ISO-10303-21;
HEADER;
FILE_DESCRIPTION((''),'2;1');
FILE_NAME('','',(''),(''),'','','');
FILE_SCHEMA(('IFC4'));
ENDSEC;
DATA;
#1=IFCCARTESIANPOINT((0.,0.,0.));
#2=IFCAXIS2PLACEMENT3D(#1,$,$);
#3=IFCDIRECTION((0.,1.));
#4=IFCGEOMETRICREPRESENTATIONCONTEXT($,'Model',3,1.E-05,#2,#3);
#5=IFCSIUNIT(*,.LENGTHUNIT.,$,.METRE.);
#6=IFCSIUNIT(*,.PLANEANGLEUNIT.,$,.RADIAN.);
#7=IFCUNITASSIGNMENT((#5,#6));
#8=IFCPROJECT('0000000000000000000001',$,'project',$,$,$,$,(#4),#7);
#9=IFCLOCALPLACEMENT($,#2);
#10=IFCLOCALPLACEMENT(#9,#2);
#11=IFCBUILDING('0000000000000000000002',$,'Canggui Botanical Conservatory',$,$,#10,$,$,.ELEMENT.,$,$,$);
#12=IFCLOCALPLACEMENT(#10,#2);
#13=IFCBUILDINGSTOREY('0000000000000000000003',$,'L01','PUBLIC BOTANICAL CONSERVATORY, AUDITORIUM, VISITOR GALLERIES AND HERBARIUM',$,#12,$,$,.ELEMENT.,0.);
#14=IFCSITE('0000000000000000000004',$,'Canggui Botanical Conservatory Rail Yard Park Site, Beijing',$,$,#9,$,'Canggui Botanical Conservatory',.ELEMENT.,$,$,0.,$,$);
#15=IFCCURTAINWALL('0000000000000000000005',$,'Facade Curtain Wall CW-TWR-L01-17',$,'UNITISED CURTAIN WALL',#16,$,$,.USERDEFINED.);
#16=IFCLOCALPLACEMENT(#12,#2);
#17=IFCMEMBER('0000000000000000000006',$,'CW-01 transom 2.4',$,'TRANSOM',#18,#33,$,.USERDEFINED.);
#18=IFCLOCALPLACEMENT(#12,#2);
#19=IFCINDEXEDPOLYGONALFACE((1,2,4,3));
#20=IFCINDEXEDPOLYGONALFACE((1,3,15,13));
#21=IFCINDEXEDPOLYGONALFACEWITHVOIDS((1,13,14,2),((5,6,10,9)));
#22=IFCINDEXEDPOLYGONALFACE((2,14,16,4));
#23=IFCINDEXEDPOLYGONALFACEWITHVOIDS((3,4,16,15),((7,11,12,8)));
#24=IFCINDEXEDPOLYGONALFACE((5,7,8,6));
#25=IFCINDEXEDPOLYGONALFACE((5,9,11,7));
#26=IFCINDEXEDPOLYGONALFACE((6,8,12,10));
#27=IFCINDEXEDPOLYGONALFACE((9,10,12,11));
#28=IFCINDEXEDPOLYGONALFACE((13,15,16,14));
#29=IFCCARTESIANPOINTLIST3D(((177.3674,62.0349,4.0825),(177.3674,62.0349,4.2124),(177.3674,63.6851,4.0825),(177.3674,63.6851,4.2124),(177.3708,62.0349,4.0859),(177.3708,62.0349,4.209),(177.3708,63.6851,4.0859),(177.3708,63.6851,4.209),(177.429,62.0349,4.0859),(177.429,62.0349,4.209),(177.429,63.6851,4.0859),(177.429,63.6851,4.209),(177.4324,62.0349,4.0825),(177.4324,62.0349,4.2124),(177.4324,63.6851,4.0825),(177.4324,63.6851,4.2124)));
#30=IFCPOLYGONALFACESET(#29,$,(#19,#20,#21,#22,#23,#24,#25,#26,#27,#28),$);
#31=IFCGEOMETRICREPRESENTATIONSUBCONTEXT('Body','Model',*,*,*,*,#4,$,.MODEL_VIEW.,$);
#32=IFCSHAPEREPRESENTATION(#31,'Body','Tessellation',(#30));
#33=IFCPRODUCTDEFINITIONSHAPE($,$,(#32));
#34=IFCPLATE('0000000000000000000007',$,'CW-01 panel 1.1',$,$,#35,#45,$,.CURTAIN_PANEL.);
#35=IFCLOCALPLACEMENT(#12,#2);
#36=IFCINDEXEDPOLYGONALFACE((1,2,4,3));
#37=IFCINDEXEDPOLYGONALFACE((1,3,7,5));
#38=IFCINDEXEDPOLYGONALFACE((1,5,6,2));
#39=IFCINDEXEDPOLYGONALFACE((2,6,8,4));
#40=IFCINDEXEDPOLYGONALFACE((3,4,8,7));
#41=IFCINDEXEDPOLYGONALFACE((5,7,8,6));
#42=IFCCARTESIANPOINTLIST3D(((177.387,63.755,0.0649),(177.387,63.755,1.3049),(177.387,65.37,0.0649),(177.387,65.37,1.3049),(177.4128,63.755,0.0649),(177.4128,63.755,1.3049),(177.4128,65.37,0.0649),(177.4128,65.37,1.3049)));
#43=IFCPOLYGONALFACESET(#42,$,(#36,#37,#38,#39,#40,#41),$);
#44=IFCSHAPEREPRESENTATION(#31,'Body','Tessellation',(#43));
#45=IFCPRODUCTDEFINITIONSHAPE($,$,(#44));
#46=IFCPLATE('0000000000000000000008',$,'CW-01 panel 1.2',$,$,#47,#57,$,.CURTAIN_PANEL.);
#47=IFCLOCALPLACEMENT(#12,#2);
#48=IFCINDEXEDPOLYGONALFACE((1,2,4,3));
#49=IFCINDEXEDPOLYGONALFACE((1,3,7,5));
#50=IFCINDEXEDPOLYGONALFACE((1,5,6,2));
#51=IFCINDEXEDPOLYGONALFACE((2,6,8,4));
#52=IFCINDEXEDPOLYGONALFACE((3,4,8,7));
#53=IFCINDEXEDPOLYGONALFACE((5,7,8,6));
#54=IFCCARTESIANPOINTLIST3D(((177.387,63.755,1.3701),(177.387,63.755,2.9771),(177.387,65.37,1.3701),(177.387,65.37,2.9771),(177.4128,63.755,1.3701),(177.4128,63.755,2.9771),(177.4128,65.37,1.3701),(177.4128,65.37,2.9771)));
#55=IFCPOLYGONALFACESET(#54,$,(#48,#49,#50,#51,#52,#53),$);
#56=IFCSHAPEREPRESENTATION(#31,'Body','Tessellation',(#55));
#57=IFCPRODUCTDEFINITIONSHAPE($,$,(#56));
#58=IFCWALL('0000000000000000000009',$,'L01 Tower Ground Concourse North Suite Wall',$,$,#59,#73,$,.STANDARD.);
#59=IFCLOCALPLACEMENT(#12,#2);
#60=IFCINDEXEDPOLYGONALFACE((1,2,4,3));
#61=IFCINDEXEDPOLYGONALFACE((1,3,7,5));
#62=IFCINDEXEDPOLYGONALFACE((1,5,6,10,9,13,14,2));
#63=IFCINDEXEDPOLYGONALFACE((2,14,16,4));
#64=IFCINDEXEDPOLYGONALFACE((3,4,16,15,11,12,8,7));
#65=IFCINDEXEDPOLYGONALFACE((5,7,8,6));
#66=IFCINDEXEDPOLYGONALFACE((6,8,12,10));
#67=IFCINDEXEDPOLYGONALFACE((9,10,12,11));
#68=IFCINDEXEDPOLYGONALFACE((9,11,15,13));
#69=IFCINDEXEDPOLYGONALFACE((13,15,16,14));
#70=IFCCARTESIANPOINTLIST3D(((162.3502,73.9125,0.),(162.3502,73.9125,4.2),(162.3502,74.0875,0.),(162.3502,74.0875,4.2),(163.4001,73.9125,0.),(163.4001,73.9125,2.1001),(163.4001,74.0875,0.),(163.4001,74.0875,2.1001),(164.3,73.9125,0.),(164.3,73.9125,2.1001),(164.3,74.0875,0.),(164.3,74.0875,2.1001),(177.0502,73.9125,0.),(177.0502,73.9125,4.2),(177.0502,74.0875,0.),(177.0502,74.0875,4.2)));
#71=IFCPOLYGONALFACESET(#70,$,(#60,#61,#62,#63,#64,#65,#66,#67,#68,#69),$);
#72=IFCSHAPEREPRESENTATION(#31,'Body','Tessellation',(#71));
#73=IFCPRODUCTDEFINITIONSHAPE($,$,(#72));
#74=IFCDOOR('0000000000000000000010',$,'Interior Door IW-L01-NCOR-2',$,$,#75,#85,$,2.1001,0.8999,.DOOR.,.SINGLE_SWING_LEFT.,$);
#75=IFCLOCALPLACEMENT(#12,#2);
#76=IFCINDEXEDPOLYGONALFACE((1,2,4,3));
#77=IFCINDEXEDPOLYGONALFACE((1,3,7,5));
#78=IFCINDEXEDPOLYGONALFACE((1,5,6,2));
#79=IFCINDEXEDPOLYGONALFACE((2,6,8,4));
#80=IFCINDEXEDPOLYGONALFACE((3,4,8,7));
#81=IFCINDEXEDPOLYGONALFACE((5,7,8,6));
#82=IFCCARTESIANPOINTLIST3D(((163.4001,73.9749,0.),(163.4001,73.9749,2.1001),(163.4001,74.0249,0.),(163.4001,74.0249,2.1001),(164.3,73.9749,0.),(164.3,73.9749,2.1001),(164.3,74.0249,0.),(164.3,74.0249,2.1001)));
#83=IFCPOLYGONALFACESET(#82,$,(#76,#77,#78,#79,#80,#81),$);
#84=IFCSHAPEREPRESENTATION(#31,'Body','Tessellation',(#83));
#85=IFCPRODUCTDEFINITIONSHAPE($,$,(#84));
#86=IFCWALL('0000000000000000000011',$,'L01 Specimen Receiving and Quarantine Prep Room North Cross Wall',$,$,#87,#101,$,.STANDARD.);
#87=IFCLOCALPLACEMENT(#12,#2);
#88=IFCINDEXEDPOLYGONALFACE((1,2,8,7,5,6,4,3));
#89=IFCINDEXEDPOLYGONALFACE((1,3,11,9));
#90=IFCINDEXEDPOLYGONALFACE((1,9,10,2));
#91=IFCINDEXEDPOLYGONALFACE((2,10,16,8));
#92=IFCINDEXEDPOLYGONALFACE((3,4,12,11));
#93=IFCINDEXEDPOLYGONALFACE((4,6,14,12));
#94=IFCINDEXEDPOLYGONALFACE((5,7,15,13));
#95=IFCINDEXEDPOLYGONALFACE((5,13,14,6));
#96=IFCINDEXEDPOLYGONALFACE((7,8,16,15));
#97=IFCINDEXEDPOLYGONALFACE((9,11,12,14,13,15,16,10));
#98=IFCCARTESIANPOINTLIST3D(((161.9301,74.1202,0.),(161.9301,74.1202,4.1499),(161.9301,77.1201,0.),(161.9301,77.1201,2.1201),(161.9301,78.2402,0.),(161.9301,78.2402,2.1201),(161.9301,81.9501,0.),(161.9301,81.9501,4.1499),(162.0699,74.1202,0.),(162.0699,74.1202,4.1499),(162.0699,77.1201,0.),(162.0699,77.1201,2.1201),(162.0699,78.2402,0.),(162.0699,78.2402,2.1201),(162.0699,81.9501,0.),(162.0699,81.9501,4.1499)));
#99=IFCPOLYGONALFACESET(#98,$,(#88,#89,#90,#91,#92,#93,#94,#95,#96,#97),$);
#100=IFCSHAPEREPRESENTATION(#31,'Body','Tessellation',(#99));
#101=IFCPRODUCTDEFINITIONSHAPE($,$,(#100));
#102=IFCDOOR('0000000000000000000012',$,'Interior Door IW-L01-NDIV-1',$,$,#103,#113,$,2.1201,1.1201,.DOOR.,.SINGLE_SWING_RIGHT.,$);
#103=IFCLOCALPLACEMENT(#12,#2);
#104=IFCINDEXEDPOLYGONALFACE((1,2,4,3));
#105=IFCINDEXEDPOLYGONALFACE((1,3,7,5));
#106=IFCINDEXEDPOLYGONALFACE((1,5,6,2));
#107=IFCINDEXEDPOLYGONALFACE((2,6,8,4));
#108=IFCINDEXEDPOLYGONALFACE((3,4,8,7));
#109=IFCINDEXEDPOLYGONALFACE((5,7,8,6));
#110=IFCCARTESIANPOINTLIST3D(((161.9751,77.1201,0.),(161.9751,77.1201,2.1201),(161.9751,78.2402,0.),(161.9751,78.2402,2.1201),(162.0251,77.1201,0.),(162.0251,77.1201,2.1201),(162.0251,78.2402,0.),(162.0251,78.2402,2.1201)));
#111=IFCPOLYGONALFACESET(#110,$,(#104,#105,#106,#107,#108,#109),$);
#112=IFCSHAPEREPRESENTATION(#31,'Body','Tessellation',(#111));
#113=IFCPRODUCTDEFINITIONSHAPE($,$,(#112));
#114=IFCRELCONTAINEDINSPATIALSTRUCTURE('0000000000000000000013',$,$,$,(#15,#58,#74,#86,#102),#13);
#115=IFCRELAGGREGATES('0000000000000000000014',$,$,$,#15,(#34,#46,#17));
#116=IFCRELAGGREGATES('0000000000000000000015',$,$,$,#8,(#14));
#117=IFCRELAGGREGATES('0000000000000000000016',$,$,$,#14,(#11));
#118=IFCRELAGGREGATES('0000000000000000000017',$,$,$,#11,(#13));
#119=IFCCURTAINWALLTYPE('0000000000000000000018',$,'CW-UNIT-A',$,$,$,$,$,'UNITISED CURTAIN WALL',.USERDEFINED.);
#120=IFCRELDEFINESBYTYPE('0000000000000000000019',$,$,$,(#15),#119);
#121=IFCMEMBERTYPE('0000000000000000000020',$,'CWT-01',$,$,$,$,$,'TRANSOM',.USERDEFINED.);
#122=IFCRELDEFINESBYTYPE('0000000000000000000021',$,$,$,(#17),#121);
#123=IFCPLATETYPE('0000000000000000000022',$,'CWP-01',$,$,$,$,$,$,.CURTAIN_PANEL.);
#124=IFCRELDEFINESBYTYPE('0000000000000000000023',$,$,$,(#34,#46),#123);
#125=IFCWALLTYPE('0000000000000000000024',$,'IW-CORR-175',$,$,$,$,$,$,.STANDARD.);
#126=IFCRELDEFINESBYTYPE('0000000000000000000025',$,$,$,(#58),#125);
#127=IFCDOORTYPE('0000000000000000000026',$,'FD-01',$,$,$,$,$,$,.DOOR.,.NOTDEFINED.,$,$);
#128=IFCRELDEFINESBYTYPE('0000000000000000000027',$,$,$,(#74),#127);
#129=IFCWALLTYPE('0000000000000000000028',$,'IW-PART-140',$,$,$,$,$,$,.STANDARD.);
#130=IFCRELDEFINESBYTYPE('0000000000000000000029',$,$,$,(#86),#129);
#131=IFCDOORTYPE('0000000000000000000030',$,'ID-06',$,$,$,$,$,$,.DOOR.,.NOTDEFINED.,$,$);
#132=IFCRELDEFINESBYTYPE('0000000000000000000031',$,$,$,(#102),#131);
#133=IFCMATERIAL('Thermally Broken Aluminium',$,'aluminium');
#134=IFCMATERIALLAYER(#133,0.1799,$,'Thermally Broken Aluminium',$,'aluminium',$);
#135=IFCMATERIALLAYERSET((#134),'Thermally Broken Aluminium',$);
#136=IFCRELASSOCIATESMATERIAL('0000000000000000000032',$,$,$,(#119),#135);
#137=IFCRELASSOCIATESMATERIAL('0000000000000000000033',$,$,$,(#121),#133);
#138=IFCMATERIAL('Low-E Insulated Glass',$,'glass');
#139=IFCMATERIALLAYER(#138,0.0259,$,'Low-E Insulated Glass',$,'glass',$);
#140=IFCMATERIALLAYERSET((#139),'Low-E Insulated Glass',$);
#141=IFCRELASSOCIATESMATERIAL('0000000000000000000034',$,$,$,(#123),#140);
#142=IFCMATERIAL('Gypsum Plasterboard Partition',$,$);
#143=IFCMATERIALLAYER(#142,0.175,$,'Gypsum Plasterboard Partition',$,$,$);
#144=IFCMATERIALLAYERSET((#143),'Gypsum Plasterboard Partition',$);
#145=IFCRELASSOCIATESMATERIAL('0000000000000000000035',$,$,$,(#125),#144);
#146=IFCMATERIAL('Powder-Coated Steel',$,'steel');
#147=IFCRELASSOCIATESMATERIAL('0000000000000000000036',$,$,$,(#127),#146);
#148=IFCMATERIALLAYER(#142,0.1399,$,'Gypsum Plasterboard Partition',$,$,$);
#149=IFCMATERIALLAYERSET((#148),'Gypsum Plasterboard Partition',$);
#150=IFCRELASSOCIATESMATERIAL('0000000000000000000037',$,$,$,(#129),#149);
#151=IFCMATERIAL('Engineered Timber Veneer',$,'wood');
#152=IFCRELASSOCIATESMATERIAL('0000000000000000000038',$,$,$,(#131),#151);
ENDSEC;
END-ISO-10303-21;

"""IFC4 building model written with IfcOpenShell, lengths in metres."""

from ifc_helpers import new_model, si_unit, direction, frame, frame_2d, origin, origin_2d, place, context, subcontext, project, spatial, rectangle, hollow_rectangle, extrude, material, layer, layer_set, material_profile, profile_set, type_object, element, fill, aggregate, save


model = new_model("IFC4")

# Units and contexts
model_context = context("Model", 3, precision=1e-05, world=origin(), true_north=direction((0.0, 1.0)))
body_context = subcontext(model_context, "Body", "Model", "MODEL_VIEW")
ifc_project = project(units=[si_unit("LENGTHUNIT", "METRE"), si_unit("PLANEANGLEUNIT", "RADIAN")], contexts=[model_context])

# Site, building, storey
site_placement = place(None, origin())
site = spatial("IfcSite", under=ifc_project, at=site_placement, Name="Canggui Botanical Conservatory Rail Yard Park Site, Beijing", LongName="Canggui Botanical Conservatory", CompositionType="ELEMENT", RefElevation=0.0)
building_placement = place(site_placement, origin())
building = spatial("IfcBuilding", under=site, at=building_placement, Name="Canggui Botanical Conservatory", CompositionType="ELEMENT")
storey_placement = place(building_placement, origin())
storey = spatial("IfcBuildingStorey", under=building, at=storey_placement, Name="L01", Description="PUBLIC BOTANICAL CONSERVATORY, AUDITORIUM, VISITOR GALLERIES AND HERBARIUM", CompositionType="ELEMENT", Elevation=0.0)

# Curtain wall, member, plates
ifc_material_1 = material(Name="Thermally Broken Aluminium", Category="aluminium")
ifc_layer_1 = layer(ifc_material_1, 0.1799, Name="Thermally Broken Aluminium", Category="aluminium")
ifc_layer_set_1 = layer_set([ifc_layer_1], Name="Thermally Broken Aluminium")
curtain_wall_type = type_object("IfcCurtainWallType", Name="CW-UNIT-A", ElementType="UNITISED CURTAIN WALL", PredefinedType="USERDEFINED", material=ifc_layer_set_1)
curtain_wall_placement = place(storey_placement, origin())
curtain_wall = element("IfcCurtainWall", 1, at=curtain_wall_placement, inside=storey, type_object=curtain_wall_type, Name="Facade Curtain Wall CW-TWR-L01-17", ObjectType="UNITISED CURTAIN WALL", PredefinedType="USERDEFINED")
ifc_material_profile_1 = material_profile(ifc_material_1, hollow_rectangle(XDim=0.0649, YDim=0.1299, WallThickness=0.0034, at=origin_2d()), Name="CWT 65x130x3.5")
ifc_profile_set_1 = profile_set([ifc_material_profile_1], Name="Thermally Broken Aluminium")
member_type_1 = type_object("IfcMemberType", Name="CWT-01", ElementType="TRANSOM", PredefinedType="USERDEFINED", material=ifc_profile_set_1)
member_1_placement = place(storey_placement, frame((177.3999, 63.6851, 4.1475), z_axis=(0.0, -1.0, 0.0), x_axis=(1.0, 0.0, 0.0)))
member_1 = element("IfcMember", 2, at=member_1_placement, type_object=member_type_1, Name="CW-01 transom 2.4", ObjectType="TRANSOM", PredefinedType="USERDEFINED", context=body_context, shape_type="SweptSolid", body=[
    extrude(hollow_rectangle(XDim=0.0649, YDim=0.1299, WallThickness=0.0034, at=origin_2d()), origin(), (0.0, 0.0, 1.0), 1.6501),
])
ifc_material_2 = material(Name="Low-E Insulated Glass", Category="glass")
ifc_layer_2 = layer(ifc_material_2, 0.0259, Name="Low-E Insulated Glass", Category="glass")
ifc_layer_set_2 = layer_set([ifc_layer_2], Name="Low-E Insulated Glass")
plate_type = type_object("IfcPlateType", Name="CWP-01", PredefinedType="CURTAIN_PANEL", material=ifc_layer_set_2)
plate_1_placement = place(storey_placement, frame((177.3999, 64.5625, 0.0649), z_axis=(0.0, 0.0, 1.0), x_axis=(0.0, -1.0, 0.0)))
plate_1 = element("IfcPlate", 3, at=plate_1_placement, type_object=plate_type, Name="CW-01 panel 1.1", PredefinedType="CURTAIN_PANEL", context=body_context, shape_type="SweptSolid", body=[
    extrude(rectangle(XDim=1.615, YDim=0.0259, at=origin_2d()), origin(), (0.0, 0.0, 1.0), 1.24),
])
plate_2_placement = place(storey_placement, frame((177.3999, 64.5625, 1.3701), z_axis=(0.0, 0.0, 1.0), x_axis=(0.0, -1.0, 0.0)))
plate_2 = element("IfcPlate", 4, at=plate_2_placement, type_object=plate_type, Name="CW-01 panel 1.2", PredefinedType="CURTAIN_PANEL", context=body_context, shape_type="SweptSolid", body=[
    extrude(rectangle(XDim=1.615, YDim=0.0259, at=origin_2d()), origin(), (0.0, 0.0, 1.0), 1.6069),
])
aggregate(curtain_wall, [plate_1, plate_2, member_1])

# Walls, openings, doors
ifc_material_3 = material(Name="Gypsum Plasterboard Partition")
ifc_layer_3 = layer(ifc_material_3, 0.175, Name="Gypsum Plasterboard Partition")
ifc_layer_set_3 = layer_set([ifc_layer_3], Name="Gypsum Plasterboard Partition")
wall_type_1 = type_object("IfcWallType", Name="IW-CORR-175", PredefinedType="STANDARD", material=ifc_layer_set_3)
wall_1_placement = place(storey_placement, frame((162.3501, 74.0, 0.0), z_axis=(0.0, 0.0, 1.0), x_axis=(1.0, 0.0, 0.0)))
wall_1 = element("IfcWall", 5, at=wall_1_placement, inside=storey, type_object=wall_type_1, Name="L01 Tower Ground Concourse North Suite Wall", PredefinedType="STANDARD", context=body_context, shape_type="SweptSolid", body=[
    extrude(rectangle(XDim=14.7, YDim=0.175, at=frame_2d((7.3501, 0.0))), origin(), (0.0, 0.0, 1.0), 4.2),
])
opening_1_placement = place(wall_1_placement, frame((1.05, 0.0, 0.0)))
opening_1 = element("IfcOpeningElement", 6, at=opening_1_placement, cuts=wall_1, PredefinedType="OPENING", context=body_context, shape_type="SweptSolid", body=[
    extrude(rectangle(XDim=0.8999, YDim=2.1001, at=frame_2d((0.45, 1.05))), frame((0.0, 0.0977, 0.0), z_axis=(0.0, -1.0, 0.0), x_axis=(1.0, 0.0, 0.0)), (0.0, 0.0, 1.0), 0.1951),
])
ifc_material_4 = material(Name="Powder-Coated Steel", Category="steel")
door_type_1 = type_object("IfcDoorType", Name="FD-01", OperationType="NOTDEFINED", PredefinedType="DOOR", material=ifc_material_4)
door_1_placement = place(opening_1_placement, origin())
door_1 = element("IfcDoor", 7, at=door_1_placement, inside=storey, type_object=door_type_1, Name="Interior Door IW-L01-NCOR-2", OperationType="SINGLE_SWING_LEFT", OverallHeight=2.1001, OverallWidth=0.8999, PredefinedType="DOOR", context=body_context, shape_type="SweptSolid", body=[
    extrude(rectangle(XDim=0.8999, YDim=2.1001, at=frame_2d((0.45, 1.05))), frame((0.0, 0.0249, 0.0), z_axis=(0.0, -1.0, 0.0), x_axis=(1.0, 0.0, 0.0)), (0.0, 0.0, 1.0), 0.05),
])
fill(opening_1, door_1)
ifc_layer_4 = layer(ifc_material_3, 0.1399, Name="Gypsum Plasterboard Partition")
ifc_layer_set_4 = layer_set([ifc_layer_4], Name="Gypsum Plasterboard Partition")
wall_type_2 = type_object("IfcWallType", Name="IW-PART-140", PredefinedType="STANDARD", material=ifc_layer_set_4)
wall_2_placement = place(storey_placement, frame((162.0, 74.1201, 0.0), z_axis=(0.0, 0.0, 1.0), x_axis=(0.0, 1.0, 0.0)))
wall_2 = element("IfcWall", 8, at=wall_2_placement, inside=storey, type_object=wall_type_2, Name="L01 Specimen Receiving and Quarantine Prep Room North Cross Wall", PredefinedType="STANDARD", context=body_context, shape_type="SweptSolid", body=[
    extrude(rectangle(XDim=7.8298, YDim=0.1399, at=frame_2d((3.915, 0.0))), origin(), (0.0, 0.0, 1.0), 4.1499),
])
opening_2_placement = place(wall_2_placement, frame((3.0, 0.0, 0.0)))
opening_2 = element("IfcOpeningElement", 9, at=opening_2_placement, cuts=wall_2, PredefinedType="OPENING", context=body_context, shape_type="SweptSolid", body=[
    extrude(rectangle(XDim=1.1201, YDim=2.1201, at=frame_2d((0.5601, 1.0601))), frame((0.0, 0.0801, 0.0), z_axis=(0.0, -1.0, 0.0), x_axis=(1.0, 0.0, 0.0)), (0.0, 0.0, 1.0), 0.1599),
])
ifc_material_5 = material(Name="Engineered Timber Veneer", Category="wood")
door_type_2 = type_object("IfcDoorType", Name="ID-06", OperationType="NOTDEFINED", PredefinedType="DOOR", material=ifc_material_5)
door_2_placement = place(opening_2_placement, origin())
door_2 = element("IfcDoor", 10, at=door_2_placement, inside=storey, type_object=door_type_2, Name="Interior Door IW-L01-NDIV-1", OperationType="SINGLE_SWING_RIGHT", OverallHeight=2.1201, OverallWidth=1.1201, PredefinedType="DOOR", context=body_context, shape_type="SweptSolid", body=[
    extrude(rectangle(XDim=1.1201, YDim=2.1201, at=frame_2d((0.5601, 1.0601))), frame((0.0, 0.0249, 0.0), z_axis=(0.0, -1.0, 0.0), x_axis=(1.0, 0.0, 0.0)), (0.0, 0.0, 1.0), 0.05),
])
fill(opening_2, door_2)

save(model, "model.ifc")
